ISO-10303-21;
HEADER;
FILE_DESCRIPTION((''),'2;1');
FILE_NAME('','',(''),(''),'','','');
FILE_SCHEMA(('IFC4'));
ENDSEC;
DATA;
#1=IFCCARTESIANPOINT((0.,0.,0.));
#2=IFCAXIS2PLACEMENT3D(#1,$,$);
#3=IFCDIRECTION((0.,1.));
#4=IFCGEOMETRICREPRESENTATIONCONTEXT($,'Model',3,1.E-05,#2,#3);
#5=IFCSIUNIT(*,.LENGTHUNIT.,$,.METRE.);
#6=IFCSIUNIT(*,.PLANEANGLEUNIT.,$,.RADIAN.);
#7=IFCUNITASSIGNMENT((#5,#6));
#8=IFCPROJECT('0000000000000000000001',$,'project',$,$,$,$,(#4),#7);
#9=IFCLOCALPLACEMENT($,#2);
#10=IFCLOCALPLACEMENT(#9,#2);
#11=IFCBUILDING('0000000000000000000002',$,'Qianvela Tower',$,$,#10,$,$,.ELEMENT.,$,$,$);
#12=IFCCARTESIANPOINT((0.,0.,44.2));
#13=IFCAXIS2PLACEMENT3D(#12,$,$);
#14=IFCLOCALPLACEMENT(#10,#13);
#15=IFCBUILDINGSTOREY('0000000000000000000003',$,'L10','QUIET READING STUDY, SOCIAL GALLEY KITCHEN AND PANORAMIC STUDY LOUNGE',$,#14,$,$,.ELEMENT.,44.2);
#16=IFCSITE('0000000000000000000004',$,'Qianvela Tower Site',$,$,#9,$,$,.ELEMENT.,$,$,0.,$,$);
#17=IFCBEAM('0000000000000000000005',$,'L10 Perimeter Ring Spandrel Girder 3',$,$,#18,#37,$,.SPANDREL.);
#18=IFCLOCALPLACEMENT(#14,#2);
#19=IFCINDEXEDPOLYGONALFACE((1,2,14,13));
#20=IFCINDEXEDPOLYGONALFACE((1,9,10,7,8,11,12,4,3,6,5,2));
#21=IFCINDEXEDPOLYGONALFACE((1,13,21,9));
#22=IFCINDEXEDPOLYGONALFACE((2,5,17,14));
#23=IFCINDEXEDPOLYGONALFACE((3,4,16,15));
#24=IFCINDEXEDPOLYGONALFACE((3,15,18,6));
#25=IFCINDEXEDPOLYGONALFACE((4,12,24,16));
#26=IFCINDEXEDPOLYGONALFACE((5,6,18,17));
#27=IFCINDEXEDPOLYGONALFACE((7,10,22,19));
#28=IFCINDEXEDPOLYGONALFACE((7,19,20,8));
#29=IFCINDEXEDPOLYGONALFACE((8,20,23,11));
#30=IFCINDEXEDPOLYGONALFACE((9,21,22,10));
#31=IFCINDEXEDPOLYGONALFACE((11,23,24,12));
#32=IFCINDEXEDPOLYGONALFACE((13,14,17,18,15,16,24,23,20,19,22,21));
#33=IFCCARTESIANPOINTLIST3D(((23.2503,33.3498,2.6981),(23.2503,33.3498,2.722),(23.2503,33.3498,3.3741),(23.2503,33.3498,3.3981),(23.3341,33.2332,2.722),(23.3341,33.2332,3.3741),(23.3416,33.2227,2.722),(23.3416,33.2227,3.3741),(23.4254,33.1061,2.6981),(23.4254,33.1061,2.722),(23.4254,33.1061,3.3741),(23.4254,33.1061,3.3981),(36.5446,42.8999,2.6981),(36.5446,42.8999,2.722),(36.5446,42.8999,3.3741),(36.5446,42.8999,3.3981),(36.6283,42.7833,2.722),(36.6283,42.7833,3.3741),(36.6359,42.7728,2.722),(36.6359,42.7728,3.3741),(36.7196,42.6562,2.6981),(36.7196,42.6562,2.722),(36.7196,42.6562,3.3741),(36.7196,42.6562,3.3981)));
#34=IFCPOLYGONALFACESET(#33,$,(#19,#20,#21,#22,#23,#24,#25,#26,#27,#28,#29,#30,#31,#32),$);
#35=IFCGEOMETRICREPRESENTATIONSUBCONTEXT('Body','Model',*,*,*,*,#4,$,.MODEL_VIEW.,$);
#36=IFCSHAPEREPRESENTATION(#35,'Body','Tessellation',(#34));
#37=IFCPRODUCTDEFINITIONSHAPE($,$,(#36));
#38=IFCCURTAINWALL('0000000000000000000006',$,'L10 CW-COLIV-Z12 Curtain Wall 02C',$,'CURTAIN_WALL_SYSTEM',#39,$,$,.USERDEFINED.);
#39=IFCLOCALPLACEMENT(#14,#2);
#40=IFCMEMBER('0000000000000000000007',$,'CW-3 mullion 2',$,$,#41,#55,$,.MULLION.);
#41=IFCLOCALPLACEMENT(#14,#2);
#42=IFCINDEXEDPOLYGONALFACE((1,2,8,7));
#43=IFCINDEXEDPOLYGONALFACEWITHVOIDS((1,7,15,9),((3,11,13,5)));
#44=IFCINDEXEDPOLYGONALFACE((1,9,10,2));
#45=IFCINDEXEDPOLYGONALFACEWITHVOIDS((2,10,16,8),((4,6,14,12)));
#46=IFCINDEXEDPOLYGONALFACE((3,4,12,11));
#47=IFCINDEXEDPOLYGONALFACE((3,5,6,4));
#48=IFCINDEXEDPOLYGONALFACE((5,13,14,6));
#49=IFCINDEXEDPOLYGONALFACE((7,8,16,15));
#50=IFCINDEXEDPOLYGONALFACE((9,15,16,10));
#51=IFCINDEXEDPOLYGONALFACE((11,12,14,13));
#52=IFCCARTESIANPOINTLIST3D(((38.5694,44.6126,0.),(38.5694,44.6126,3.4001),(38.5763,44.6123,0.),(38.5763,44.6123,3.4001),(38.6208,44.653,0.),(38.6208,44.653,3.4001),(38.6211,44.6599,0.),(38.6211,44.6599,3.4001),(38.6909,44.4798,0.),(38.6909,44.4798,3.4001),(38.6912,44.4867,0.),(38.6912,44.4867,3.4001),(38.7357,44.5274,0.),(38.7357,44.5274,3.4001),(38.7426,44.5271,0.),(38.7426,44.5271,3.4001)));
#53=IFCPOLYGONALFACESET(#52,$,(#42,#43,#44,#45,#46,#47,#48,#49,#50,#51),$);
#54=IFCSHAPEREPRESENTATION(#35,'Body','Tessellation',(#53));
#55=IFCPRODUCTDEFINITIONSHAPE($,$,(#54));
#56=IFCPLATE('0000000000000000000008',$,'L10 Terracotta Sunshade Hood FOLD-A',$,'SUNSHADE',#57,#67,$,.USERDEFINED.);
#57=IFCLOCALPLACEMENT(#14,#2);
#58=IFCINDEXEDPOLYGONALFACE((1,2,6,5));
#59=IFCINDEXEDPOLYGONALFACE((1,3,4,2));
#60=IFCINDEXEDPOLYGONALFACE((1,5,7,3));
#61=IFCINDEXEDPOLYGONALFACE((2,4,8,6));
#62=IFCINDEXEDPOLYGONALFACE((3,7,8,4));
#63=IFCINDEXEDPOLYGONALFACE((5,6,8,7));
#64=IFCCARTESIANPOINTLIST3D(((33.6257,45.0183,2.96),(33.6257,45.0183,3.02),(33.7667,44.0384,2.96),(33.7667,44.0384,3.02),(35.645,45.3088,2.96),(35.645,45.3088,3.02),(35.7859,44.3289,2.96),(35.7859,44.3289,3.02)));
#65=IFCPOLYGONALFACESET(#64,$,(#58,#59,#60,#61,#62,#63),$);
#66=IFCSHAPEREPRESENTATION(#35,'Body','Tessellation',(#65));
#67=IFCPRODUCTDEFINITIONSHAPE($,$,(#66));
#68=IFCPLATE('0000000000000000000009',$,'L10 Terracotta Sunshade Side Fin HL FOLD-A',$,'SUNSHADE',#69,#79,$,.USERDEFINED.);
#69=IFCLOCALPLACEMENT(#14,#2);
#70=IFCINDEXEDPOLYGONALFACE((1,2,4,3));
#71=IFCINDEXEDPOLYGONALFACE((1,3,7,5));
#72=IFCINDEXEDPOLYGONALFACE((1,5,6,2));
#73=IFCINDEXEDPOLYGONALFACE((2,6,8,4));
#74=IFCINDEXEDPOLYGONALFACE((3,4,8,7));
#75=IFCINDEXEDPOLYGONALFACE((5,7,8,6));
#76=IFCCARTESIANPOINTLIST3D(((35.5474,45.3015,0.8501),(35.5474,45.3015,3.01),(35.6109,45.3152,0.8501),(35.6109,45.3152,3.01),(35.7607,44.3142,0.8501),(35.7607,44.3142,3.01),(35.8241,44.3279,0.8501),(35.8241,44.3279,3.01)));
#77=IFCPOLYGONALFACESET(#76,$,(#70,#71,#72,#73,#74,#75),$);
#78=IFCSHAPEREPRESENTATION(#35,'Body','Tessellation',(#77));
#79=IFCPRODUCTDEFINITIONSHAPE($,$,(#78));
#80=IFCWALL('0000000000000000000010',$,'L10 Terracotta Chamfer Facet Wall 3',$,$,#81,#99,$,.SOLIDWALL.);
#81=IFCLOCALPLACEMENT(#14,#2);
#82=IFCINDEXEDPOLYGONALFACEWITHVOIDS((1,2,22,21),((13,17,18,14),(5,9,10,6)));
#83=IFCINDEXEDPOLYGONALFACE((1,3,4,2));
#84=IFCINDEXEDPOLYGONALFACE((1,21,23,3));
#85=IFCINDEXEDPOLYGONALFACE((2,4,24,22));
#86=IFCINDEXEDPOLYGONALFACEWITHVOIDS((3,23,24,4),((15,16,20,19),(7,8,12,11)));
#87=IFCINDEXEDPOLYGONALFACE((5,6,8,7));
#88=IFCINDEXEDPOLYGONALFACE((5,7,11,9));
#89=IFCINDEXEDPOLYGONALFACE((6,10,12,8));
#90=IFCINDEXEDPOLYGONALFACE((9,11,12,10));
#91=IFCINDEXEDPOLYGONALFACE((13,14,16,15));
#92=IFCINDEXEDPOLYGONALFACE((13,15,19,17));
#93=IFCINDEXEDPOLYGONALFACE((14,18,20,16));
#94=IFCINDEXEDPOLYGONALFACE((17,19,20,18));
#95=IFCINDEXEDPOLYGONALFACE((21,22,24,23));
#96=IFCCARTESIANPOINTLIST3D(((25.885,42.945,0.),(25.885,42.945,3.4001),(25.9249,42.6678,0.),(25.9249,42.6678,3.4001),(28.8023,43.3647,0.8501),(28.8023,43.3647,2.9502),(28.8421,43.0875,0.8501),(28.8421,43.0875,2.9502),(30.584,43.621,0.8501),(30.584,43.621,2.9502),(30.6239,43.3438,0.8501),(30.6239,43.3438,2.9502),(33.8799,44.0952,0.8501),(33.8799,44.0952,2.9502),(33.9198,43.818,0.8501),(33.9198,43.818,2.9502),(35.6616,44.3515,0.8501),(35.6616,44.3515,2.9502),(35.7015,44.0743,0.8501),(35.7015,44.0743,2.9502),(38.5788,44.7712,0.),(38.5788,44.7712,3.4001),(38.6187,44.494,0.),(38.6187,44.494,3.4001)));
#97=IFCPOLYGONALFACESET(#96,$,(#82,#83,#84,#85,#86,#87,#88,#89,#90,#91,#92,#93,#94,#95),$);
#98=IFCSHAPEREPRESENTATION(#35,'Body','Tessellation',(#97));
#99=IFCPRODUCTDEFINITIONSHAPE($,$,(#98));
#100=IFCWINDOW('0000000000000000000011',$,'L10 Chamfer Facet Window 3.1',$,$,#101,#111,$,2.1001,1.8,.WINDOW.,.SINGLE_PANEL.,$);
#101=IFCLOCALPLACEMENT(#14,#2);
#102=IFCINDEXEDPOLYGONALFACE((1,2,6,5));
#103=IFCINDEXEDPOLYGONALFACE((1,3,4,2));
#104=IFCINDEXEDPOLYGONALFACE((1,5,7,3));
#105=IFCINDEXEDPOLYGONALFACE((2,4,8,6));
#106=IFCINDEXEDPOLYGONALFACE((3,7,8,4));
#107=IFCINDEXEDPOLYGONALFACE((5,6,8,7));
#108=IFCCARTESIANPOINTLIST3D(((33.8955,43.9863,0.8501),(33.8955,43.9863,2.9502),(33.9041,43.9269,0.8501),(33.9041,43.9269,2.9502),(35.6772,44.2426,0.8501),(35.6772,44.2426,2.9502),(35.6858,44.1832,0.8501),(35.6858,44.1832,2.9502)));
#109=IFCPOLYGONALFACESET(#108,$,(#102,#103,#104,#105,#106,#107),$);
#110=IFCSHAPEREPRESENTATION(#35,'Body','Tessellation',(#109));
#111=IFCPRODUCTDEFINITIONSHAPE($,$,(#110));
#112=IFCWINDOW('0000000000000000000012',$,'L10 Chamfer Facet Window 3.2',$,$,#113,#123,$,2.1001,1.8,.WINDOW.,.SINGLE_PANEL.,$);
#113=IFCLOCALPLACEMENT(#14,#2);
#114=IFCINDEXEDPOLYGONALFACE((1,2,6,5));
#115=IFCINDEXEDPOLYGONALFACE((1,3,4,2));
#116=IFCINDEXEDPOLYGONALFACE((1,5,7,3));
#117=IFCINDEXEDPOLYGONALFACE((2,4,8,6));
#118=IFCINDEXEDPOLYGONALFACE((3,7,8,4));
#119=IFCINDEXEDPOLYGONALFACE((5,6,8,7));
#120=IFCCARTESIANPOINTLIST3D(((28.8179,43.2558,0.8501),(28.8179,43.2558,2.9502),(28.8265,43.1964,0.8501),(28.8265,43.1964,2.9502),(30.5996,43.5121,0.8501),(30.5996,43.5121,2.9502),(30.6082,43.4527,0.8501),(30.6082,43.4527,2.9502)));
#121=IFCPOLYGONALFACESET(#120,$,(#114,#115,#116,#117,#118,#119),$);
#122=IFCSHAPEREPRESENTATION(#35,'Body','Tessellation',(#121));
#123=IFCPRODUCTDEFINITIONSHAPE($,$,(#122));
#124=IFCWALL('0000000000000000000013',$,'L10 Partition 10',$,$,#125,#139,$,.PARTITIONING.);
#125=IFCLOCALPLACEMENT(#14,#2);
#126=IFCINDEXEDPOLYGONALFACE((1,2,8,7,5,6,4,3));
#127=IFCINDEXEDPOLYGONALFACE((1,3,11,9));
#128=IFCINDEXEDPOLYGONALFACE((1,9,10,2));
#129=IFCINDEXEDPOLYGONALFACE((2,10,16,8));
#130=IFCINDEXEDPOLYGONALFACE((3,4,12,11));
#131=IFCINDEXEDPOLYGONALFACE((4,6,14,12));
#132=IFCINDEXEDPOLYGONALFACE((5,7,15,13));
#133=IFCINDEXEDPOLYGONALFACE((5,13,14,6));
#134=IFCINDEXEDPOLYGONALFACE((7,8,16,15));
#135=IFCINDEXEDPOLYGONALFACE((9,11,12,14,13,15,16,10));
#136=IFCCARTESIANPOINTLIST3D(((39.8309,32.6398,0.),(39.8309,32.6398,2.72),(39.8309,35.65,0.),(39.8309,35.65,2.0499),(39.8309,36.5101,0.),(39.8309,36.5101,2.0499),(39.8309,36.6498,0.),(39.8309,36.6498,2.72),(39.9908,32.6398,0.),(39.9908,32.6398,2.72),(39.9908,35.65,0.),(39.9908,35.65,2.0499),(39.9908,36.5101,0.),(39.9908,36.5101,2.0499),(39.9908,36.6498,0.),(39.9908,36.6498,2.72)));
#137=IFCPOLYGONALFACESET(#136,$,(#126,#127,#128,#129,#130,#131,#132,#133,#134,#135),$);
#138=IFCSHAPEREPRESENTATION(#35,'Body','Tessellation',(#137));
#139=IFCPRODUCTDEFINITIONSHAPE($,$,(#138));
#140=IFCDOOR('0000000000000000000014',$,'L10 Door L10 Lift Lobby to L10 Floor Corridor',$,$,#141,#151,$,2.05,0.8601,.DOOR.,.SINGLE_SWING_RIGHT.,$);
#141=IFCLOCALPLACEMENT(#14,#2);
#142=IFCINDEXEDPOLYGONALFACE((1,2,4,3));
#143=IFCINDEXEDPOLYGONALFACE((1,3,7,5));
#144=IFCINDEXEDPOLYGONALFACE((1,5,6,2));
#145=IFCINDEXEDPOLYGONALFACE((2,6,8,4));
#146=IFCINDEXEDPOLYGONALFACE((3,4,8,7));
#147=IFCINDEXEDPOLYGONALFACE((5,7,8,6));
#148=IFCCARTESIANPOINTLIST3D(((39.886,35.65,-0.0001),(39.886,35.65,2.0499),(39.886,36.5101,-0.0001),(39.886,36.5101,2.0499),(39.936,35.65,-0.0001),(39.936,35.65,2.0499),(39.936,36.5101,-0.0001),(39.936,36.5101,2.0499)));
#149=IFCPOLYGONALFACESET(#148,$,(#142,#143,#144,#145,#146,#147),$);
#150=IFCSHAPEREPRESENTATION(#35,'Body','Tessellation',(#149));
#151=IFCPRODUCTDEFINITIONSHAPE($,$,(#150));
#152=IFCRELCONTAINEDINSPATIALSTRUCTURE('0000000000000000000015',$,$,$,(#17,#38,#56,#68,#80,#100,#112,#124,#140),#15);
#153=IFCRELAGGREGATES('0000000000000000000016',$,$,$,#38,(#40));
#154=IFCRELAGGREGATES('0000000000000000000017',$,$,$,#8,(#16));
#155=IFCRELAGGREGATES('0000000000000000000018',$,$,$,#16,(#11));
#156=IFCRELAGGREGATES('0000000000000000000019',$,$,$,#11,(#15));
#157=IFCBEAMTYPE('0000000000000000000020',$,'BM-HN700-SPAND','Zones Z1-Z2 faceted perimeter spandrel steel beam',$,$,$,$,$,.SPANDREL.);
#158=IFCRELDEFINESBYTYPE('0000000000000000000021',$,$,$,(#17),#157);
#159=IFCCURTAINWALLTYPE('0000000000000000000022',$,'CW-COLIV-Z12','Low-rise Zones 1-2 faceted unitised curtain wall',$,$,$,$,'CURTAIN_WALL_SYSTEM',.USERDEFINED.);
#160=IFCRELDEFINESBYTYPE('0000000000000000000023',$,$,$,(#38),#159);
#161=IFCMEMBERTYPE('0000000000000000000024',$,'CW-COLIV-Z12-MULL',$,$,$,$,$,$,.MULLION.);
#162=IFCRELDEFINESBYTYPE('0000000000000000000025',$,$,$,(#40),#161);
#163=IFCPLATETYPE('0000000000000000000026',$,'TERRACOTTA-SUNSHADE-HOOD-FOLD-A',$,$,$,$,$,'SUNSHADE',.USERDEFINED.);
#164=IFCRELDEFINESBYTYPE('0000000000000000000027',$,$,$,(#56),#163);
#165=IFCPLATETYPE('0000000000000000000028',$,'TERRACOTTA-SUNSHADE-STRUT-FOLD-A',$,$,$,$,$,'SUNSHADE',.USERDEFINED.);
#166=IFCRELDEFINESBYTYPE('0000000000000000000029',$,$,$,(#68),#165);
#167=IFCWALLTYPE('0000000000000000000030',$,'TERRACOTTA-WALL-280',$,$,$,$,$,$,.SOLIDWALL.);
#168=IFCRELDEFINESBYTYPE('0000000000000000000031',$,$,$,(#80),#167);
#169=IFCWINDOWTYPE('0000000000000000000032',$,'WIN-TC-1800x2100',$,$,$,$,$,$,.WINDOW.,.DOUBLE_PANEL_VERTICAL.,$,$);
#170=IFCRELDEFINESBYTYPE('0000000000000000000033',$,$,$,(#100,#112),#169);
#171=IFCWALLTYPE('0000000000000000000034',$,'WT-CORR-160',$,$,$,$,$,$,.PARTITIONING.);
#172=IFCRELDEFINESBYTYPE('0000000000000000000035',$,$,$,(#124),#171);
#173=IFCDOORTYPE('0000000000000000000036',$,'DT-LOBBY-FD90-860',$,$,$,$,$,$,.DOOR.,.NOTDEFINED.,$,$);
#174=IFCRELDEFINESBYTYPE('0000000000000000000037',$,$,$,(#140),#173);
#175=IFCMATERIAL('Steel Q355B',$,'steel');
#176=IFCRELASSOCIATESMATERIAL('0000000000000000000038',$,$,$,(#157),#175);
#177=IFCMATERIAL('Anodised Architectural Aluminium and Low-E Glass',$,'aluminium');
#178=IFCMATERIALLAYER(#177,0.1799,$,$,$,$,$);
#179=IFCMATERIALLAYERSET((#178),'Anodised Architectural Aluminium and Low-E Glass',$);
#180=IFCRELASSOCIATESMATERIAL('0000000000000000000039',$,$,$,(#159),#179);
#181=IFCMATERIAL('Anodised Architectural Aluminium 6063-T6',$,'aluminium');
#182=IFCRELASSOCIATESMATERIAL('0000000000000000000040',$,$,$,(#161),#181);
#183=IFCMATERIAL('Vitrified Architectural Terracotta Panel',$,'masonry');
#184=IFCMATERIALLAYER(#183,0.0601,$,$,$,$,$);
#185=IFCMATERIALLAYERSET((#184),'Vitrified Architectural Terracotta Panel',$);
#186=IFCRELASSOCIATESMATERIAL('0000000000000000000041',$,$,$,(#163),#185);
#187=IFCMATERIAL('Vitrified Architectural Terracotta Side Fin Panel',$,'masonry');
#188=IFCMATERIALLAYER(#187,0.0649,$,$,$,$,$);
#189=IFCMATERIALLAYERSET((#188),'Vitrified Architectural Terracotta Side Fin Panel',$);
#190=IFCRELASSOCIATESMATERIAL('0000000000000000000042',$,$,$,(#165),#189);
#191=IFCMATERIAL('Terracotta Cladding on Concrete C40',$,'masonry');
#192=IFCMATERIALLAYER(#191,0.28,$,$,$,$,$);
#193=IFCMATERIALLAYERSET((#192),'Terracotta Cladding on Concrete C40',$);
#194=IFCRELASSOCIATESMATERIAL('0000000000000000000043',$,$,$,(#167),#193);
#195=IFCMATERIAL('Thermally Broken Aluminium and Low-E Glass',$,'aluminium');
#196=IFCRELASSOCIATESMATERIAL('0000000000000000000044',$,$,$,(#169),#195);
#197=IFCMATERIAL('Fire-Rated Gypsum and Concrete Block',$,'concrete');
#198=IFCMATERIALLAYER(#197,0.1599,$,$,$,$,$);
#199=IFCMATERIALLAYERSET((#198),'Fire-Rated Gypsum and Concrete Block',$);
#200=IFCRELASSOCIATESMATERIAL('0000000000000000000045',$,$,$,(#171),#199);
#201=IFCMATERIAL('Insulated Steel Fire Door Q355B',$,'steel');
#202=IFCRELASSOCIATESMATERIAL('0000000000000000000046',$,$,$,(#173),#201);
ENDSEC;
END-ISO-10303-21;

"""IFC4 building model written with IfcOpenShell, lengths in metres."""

from ifc_helpers import new_model, si_unit, direction, frame, frame_2d, origin, origin_2d, place, context, subcontext, project, spatial, rectangle, hollow_rectangle, i_section, extrude, material, layer, layer_set, material_profile, profile_set, type_object, element, fill, aggregate, save


model = new_model("IFC4")

# Units and contexts
model_context = context("Model", 3, precision=1e-05, world=origin(), true_north=direction((0.0, 1.0)))
body_context = subcontext(model_context, "Body", "Model", "MODEL_VIEW")
ifc_project = project(units=[si_unit("LENGTHUNIT", "METRE"), si_unit("PLANEANGLEUNIT", "RADIAN")], contexts=[model_context])

# Site, building, storey
site_placement = place(None, origin())
site = spatial("IfcSite", under=ifc_project, at=site_placement, Name="Qianvela Tower Site", CompositionType="ELEMENT", RefElevation=0.0)
building_placement = place(site_placement, origin())
building = spatial("IfcBuilding", under=site, at=building_placement, Name="Qianvela Tower", CompositionType="ELEMENT")
storey_placement = place(building_placement, frame((0.0, 0.0, 44.2)))
storey = spatial("IfcBuildingStorey", under=building, at=storey_placement, Name="L10", Description="QUIET READING STUDY, SOCIAL GALLEY KITCHEN AND PANORAMIC STUDY LOUNGE", CompositionType="ELEMENT", Elevation=44.2)

# Beam
ifc_material_1 = material(Name="Steel Q355B", Category="steel")
ifc_material_profile_1 = material_profile(ifc_material_1, i_section(OverallWidth=0.3, OverallDepth=0.7, WebThickness=0.0129, FlangeThickness=0.0239, at=origin_2d()), Name="HN700x300x13x24")
ifc_profile_set_1 = profile_set([ifc_material_profile_1], Name="Steel Q355B")
beam_type_1 = type_object("IfcBeamType", Name="BM-HN700-SPAND", Description="Zones Z1-Z2 faceted perimeter spandrel steel beam", PredefinedType="SPANDREL", material=ifc_profile_set_1)
beam_1_placement = place(storey_placement, frame((36.6321, 42.7781, 3.0481), z_axis=(-0.812164, -0.583429, 0.0), x_axis=(0.583429, -0.812164, 0.0)))
element("IfcBeam", 1, at=beam_1_placement, inside=storey, type_object=beam_type_1, Name="L10 Perimeter Ring Spandrel Girder 3", PredefinedType="SPANDREL", context=body_context, shape_type="SweptSolid", body=[
    extrude(i_section(OverallWidth=0.3, OverallDepth=0.7, WebThickness=0.0129, FlangeThickness=0.0239, at=origin_2d()), origin(), (0.0, 0.0, 1.0), 16.3689),
])

# Curtain wall, member
ifc_material_2 = material(Name="Anodised Architectural Aluminium and Low-E Glass", Category="aluminium")
ifc_layer_1 = layer(ifc_material_2, 0.1799)
ifc_layer_set_1 = layer_set([ifc_layer_1], Name="Anodised Architectural Aluminium and Low-E Glass")
curtain_wall_type = type_object("IfcCurtainWallType", Name="CW-COLIV-Z12", Description="Low-rise Zones 1-2 faceted unitised curtain wall", ElementType="CURTAIN_WALL_SYSTEM", PredefinedType="USERDEFINED", material=ifc_layer_set_1)
curtain_wall_placement = place(storey_placement, origin())
curtain_wall = element("IfcCurtainWall", 2, at=curtain_wall_placement, inside=storey, type_object=curtain_wall_type, Name="L10 CW-COLIV-Z12 Curtain Wall 02C", ObjectType="CURTAIN_WALL_SYSTEM", PredefinedType="USERDEFINED")
ifc_material_3 = material(Name="Anodised Architectural Aluminium 6063-T6", Category="aluminium")
ifc_material_profile_2 = material_profile(ifc_material_3, hollow_rectangle(XDim=0.0701, YDim=0.1799, WallThickness=0.0049, at=origin_2d()), Name="ALU-MULL-70x180")
ifc_profile_set_2 = profile_set([ifc_material_profile_2], Name="Anodised Architectural Aluminium 6063-T6")
member_type = type_object("IfcMemberType", Name="CW-COLIV-Z12-MULL", PredefinedType="MULLION", material=ifc_profile_set_2)
member_placement = place(storey_placement, frame((38.656, 44.5698, 0.0), z_axis=(0.0, 0.0, 1.0), x_axis=(-0.7379, -0.67491, 0.0)))
member = element("IfcMember", 3, at=member_placement, type_object=member_type, Name="CW-3 mullion 2", PredefinedType="MULLION", context=body_context, shape_type="SweptSolid", body=[
    extrude(hollow_rectangle(XDim=0.0701, YDim=0.1799, WallThickness=0.0049, at=origin_2d()), origin(), (0.0, 0.0, 1.0), 3.4001),
])
aggregate(curtain_wall, [member])

# Plates
ifc_material_4 = material(Name="Vitrified Architectural Terracotta Panel", Category="masonry")
ifc_layer_2 = layer(ifc_material_4, 0.0601)
ifc_layer_set_2 = layer_set([ifc_layer_2], Name="Vitrified Architectural Terracotta Panel")
plate_type_1 = type_object("IfcPlateType", Name="TERRACOTTA-SUNSHADE-HOOD-FOLD-A", ElementType="SUNSHADE", PredefinedType="USERDEFINED", material=ifc_layer_set_2)
plate_1_placement = place(storey_placement, frame((34.7058, 44.6736, 2.96), z_axis=(0.0, 0.0, 1.0), x_axis=(-0.98981, -0.142392, 0.0)))
element("IfcPlate", 4, at=plate_1_placement, inside=storey, type_object=plate_type_1, Name="L10 Terracotta Sunshade Hood FOLD-A", ObjectType="SUNSHADE", PredefinedType="USERDEFINED", context=body_context, shape_type="SweptSolid", body=[
    extrude(rectangle(XDim=2.04, YDim=0.99, at=origin_2d()), origin(), (0.0, 0.0, 1.0), 0.0601),
])
ifc_material_5 = material(Name="Vitrified Architectural Terracotta Side Fin Panel", Category="masonry")
ifc_layer_3 = layer(ifc_material_5, 0.0649)
ifc_layer_set_3 = layer_set([ifc_layer_3], Name="Vitrified Architectural Terracotta Side Fin Panel")
plate_type_2 = type_object("IfcPlateType", Name="TERRACOTTA-SUNSHADE-STRUT-FOLD-A", ElementType="SUNSHADE", PredefinedType="USERDEFINED", material=ifc_layer_set_3)
plate_2_placement = place(storey_placement, frame((35.6858, 44.8147, 0.8501), z_axis=(0.0, 0.0, 1.0), x_axis=(-0.977466, -0.211091, 0.0)))
element("IfcPlate", 5, at=plate_2_placement, inside=storey, type_object=plate_type_2, Name="L10 Terracotta Sunshade Side Fin HL FOLD-A", ObjectType="SUNSHADE", PredefinedType="USERDEFINED", context=body_context, shape_type="SweptSolid", body=[
    extrude(rectangle(XDim=0.0649, YDim=1.01, at=origin_2d()), origin(), (0.0, 0.0, 1.0), 2.1599),
])

# Wall, openings, windows
ifc_material_6 = material(Name="Terracotta Cladding on Concrete C40", Category="masonry")
ifc_layer_4 = layer(ifc_material_6, 0.28)
ifc_layer_set_4 = layer_set([ifc_layer_4], Name="Terracotta Cladding on Concrete C40")
wall_type_1 = type_object("IfcWallType", Name="TERRACOTTA-WALL-280", PredefinedType="SOLIDWALL", material=ifc_layer_set_4)
wall_1_placement = place(storey_placement, frame((38.5986, 44.6326, 0.0), z_axis=(0.0, 0.0, 1.0), x_axis=(-0.98981, -0.142397, 0.0)))
wall_1 = element("IfcWall", 6, at=wall_1_placement, inside=storey, type_object=wall_type_1, Name="L10 Terracotta Chamfer Facet Wall 3", PredefinedType="SOLIDWALL", context=body_context, shape_type="SweptSolid", body=[
    extrude(rectangle(XDim=12.8245, YDim=0.28, at=frame_2d((6.4121, 0.0))), origin(), (0.0, 0.0, 1.0), 3.4001),
])
opening_1_placement = place(wall_1_placement, frame((2.9473, 0.0, 0.8501)))
opening_1 = element("IfcOpeningElement", 7, at=opening_1_placement, cuts=wall_1, PredefinedType="OPENING", context=body_context, shape_type="SweptSolid", body=[
    extrude(rectangle(XDim=1.8, YDim=2.1001, at=frame_2d((0.8999, 1.05))), frame((0.0, 0.1499, 0.0), z_axis=(0.0, -1.0, 0.0), x_axis=(1.0, 0.0, 0.0)), (0.0, 0.0, 1.0), 0.3),
])
opening_2_placement = place(wall_1_placement, frame((8.0771, 0.0, 0.8501)))
opening_2 = element("IfcOpeningElement", 8, at=opening_2_placement, cuts=wall_1, PredefinedType="OPENING", context=body_context, shape_type="SweptSolid", body=[
    extrude(rectangle(XDim=1.8, YDim=2.1001, at=frame_2d((0.8999, 1.05))), frame((0.0, 0.1499, 0.0), z_axis=(0.0, -1.0, 0.0), x_axis=(1.0, 0.0, 0.0)), (0.0, 0.0, 1.0), 0.3),
])
ifc_material_7 = material(Name="Thermally Broken Aluminium and Low-E Glass", Category="aluminium")
window_type = type_object("IfcWindowType", Name="WIN-TC-1800x2100", PartitioningType="DOUBLE_PANEL_VERTICAL", PredefinedType="WINDOW", material=ifc_material_7)
window_1_placement = place(opening_1_placement, origin())
window_1 = element("IfcWindow", 9, at=window_1_placement, inside=storey, type_object=window_type, Name="L10 Chamfer Facet Window 3.1", OverallHeight=2.1001, OverallWidth=1.8, PartitioningType="SINGLE_PANEL", PredefinedType="WINDOW", context=body_context, shape_type="SweptSolid", body=[
    extrude(rectangle(XDim=1.8, YDim=2.1001, at=frame_2d((0.8999, 1.05))), frame((0.0, 0.03, 0.0), z_axis=(0.0, -1.0, 0.0), x_axis=(1.0, 0.0, 0.0)), (0.0, 0.0, 1.0), 0.0601),
])
fill(opening_1, window_1)
window_2_placement = place(opening_2_placement, origin())
window_2 = element("IfcWindow", 10, at=window_2_placement, inside=storey, type_object=window_type, Name="L10 Chamfer Facet Window 3.2", OverallHeight=2.1001, OverallWidth=1.8, PartitioningType="SINGLE_PANEL", PredefinedType="WINDOW", context=body_context, shape_type="SweptSolid", body=[
    extrude(rectangle(XDim=1.8, YDim=2.1001, at=frame_2d((0.8999, 1.05))), frame((0.0, 0.03, 0.0), z_axis=(0.0, -1.0, 0.0), x_axis=(1.0, 0.0, 0.0)), (0.0, 0.0, 1.0), 0.0601),
])
fill(opening_2, window_2)

# Wall, opening, door
ifc_material_8 = material(Name="Fire-Rated Gypsum and Concrete Block", Category="concrete")
ifc_layer_5 = layer(ifc_material_8, 0.1599)
ifc_layer_set_5 = layer_set([ifc_layer_5], Name="Fire-Rated Gypsum and Concrete Block")
wall_type_2 = type_object("IfcWallType", Name="WT-CORR-160", PredefinedType="PARTITIONING", material=ifc_layer_set_5)
wall_2_placement = place(storey_placement, frame((39.9109, 32.6399, 0.0), z_axis=(0.0, 0.0, 1.0), x_axis=(0.0, 1.0, 0.0)))
wall_2 = element("IfcWall", 11, at=wall_2_placement, inside=storey, type_object=wall_type_2, Name="L10 Partition 10", PredefinedType="PARTITIONING", context=body_context, shape_type="SweptSolid", body=[
    extrude(rectangle(XDim=4.01, YDim=0.1599, at=frame_2d((2.0049, 0.0))), origin(), (0.0, 0.0, 1.0), 2.72),
])
opening_3_placement = place(wall_2_placement, frame((3.01, 0.0, 0.0)))
opening_3 = element("IfcOpeningElement", 12, at=opening_3_placement, cuts=wall_2, PredefinedType="OPENING", context=body_context, shape_type="SweptSolid", body=[
    extrude(rectangle(XDim=0.8601, YDim=2.05, at=frame_2d((0.4302, 1.0249))), frame((0.0, 0.0898, 0.0), z_axis=(0.0, -1.0, 0.0), x_axis=(1.0, 0.0, 0.0)), (0.0, 0.0, 1.0), 0.1799),
])
ifc_material_9 = material(Name="Insulated Steel Fire Door Q355B", Category="steel")
door_type_1 = type_object("IfcDoorType", Name="DT-LOBBY-FD90-860", OperationType="NOTDEFINED", PredefinedType="DOOR", material=ifc_material_9)
door_1_placement = place(opening_3_placement, origin())
door_1 = element("IfcDoor", 13, at=door_1_placement, inside=storey, type_object=door_type_1, Name="L10 Door L10 Lift Lobby to L10 Floor Corridor", OperationType="SINGLE_SWING_RIGHT", OverallHeight=2.05, OverallWidth=0.8601, PredefinedType="DOOR", context=body_context, shape_type="SweptSolid", body=[
    extrude(rectangle(XDim=0.8601, YDim=2.05, at=frame_2d((0.4302, 1.0249))), frame((0.0, 0.0249, 0.0), z_axis=(0.0, -1.0, 0.0), x_axis=(1.0, 0.0, 0.0)), (0.0, 0.0, 1.0), 0.05),
])
fill(opening_3, door_1)

save(model, "model.ifc")
